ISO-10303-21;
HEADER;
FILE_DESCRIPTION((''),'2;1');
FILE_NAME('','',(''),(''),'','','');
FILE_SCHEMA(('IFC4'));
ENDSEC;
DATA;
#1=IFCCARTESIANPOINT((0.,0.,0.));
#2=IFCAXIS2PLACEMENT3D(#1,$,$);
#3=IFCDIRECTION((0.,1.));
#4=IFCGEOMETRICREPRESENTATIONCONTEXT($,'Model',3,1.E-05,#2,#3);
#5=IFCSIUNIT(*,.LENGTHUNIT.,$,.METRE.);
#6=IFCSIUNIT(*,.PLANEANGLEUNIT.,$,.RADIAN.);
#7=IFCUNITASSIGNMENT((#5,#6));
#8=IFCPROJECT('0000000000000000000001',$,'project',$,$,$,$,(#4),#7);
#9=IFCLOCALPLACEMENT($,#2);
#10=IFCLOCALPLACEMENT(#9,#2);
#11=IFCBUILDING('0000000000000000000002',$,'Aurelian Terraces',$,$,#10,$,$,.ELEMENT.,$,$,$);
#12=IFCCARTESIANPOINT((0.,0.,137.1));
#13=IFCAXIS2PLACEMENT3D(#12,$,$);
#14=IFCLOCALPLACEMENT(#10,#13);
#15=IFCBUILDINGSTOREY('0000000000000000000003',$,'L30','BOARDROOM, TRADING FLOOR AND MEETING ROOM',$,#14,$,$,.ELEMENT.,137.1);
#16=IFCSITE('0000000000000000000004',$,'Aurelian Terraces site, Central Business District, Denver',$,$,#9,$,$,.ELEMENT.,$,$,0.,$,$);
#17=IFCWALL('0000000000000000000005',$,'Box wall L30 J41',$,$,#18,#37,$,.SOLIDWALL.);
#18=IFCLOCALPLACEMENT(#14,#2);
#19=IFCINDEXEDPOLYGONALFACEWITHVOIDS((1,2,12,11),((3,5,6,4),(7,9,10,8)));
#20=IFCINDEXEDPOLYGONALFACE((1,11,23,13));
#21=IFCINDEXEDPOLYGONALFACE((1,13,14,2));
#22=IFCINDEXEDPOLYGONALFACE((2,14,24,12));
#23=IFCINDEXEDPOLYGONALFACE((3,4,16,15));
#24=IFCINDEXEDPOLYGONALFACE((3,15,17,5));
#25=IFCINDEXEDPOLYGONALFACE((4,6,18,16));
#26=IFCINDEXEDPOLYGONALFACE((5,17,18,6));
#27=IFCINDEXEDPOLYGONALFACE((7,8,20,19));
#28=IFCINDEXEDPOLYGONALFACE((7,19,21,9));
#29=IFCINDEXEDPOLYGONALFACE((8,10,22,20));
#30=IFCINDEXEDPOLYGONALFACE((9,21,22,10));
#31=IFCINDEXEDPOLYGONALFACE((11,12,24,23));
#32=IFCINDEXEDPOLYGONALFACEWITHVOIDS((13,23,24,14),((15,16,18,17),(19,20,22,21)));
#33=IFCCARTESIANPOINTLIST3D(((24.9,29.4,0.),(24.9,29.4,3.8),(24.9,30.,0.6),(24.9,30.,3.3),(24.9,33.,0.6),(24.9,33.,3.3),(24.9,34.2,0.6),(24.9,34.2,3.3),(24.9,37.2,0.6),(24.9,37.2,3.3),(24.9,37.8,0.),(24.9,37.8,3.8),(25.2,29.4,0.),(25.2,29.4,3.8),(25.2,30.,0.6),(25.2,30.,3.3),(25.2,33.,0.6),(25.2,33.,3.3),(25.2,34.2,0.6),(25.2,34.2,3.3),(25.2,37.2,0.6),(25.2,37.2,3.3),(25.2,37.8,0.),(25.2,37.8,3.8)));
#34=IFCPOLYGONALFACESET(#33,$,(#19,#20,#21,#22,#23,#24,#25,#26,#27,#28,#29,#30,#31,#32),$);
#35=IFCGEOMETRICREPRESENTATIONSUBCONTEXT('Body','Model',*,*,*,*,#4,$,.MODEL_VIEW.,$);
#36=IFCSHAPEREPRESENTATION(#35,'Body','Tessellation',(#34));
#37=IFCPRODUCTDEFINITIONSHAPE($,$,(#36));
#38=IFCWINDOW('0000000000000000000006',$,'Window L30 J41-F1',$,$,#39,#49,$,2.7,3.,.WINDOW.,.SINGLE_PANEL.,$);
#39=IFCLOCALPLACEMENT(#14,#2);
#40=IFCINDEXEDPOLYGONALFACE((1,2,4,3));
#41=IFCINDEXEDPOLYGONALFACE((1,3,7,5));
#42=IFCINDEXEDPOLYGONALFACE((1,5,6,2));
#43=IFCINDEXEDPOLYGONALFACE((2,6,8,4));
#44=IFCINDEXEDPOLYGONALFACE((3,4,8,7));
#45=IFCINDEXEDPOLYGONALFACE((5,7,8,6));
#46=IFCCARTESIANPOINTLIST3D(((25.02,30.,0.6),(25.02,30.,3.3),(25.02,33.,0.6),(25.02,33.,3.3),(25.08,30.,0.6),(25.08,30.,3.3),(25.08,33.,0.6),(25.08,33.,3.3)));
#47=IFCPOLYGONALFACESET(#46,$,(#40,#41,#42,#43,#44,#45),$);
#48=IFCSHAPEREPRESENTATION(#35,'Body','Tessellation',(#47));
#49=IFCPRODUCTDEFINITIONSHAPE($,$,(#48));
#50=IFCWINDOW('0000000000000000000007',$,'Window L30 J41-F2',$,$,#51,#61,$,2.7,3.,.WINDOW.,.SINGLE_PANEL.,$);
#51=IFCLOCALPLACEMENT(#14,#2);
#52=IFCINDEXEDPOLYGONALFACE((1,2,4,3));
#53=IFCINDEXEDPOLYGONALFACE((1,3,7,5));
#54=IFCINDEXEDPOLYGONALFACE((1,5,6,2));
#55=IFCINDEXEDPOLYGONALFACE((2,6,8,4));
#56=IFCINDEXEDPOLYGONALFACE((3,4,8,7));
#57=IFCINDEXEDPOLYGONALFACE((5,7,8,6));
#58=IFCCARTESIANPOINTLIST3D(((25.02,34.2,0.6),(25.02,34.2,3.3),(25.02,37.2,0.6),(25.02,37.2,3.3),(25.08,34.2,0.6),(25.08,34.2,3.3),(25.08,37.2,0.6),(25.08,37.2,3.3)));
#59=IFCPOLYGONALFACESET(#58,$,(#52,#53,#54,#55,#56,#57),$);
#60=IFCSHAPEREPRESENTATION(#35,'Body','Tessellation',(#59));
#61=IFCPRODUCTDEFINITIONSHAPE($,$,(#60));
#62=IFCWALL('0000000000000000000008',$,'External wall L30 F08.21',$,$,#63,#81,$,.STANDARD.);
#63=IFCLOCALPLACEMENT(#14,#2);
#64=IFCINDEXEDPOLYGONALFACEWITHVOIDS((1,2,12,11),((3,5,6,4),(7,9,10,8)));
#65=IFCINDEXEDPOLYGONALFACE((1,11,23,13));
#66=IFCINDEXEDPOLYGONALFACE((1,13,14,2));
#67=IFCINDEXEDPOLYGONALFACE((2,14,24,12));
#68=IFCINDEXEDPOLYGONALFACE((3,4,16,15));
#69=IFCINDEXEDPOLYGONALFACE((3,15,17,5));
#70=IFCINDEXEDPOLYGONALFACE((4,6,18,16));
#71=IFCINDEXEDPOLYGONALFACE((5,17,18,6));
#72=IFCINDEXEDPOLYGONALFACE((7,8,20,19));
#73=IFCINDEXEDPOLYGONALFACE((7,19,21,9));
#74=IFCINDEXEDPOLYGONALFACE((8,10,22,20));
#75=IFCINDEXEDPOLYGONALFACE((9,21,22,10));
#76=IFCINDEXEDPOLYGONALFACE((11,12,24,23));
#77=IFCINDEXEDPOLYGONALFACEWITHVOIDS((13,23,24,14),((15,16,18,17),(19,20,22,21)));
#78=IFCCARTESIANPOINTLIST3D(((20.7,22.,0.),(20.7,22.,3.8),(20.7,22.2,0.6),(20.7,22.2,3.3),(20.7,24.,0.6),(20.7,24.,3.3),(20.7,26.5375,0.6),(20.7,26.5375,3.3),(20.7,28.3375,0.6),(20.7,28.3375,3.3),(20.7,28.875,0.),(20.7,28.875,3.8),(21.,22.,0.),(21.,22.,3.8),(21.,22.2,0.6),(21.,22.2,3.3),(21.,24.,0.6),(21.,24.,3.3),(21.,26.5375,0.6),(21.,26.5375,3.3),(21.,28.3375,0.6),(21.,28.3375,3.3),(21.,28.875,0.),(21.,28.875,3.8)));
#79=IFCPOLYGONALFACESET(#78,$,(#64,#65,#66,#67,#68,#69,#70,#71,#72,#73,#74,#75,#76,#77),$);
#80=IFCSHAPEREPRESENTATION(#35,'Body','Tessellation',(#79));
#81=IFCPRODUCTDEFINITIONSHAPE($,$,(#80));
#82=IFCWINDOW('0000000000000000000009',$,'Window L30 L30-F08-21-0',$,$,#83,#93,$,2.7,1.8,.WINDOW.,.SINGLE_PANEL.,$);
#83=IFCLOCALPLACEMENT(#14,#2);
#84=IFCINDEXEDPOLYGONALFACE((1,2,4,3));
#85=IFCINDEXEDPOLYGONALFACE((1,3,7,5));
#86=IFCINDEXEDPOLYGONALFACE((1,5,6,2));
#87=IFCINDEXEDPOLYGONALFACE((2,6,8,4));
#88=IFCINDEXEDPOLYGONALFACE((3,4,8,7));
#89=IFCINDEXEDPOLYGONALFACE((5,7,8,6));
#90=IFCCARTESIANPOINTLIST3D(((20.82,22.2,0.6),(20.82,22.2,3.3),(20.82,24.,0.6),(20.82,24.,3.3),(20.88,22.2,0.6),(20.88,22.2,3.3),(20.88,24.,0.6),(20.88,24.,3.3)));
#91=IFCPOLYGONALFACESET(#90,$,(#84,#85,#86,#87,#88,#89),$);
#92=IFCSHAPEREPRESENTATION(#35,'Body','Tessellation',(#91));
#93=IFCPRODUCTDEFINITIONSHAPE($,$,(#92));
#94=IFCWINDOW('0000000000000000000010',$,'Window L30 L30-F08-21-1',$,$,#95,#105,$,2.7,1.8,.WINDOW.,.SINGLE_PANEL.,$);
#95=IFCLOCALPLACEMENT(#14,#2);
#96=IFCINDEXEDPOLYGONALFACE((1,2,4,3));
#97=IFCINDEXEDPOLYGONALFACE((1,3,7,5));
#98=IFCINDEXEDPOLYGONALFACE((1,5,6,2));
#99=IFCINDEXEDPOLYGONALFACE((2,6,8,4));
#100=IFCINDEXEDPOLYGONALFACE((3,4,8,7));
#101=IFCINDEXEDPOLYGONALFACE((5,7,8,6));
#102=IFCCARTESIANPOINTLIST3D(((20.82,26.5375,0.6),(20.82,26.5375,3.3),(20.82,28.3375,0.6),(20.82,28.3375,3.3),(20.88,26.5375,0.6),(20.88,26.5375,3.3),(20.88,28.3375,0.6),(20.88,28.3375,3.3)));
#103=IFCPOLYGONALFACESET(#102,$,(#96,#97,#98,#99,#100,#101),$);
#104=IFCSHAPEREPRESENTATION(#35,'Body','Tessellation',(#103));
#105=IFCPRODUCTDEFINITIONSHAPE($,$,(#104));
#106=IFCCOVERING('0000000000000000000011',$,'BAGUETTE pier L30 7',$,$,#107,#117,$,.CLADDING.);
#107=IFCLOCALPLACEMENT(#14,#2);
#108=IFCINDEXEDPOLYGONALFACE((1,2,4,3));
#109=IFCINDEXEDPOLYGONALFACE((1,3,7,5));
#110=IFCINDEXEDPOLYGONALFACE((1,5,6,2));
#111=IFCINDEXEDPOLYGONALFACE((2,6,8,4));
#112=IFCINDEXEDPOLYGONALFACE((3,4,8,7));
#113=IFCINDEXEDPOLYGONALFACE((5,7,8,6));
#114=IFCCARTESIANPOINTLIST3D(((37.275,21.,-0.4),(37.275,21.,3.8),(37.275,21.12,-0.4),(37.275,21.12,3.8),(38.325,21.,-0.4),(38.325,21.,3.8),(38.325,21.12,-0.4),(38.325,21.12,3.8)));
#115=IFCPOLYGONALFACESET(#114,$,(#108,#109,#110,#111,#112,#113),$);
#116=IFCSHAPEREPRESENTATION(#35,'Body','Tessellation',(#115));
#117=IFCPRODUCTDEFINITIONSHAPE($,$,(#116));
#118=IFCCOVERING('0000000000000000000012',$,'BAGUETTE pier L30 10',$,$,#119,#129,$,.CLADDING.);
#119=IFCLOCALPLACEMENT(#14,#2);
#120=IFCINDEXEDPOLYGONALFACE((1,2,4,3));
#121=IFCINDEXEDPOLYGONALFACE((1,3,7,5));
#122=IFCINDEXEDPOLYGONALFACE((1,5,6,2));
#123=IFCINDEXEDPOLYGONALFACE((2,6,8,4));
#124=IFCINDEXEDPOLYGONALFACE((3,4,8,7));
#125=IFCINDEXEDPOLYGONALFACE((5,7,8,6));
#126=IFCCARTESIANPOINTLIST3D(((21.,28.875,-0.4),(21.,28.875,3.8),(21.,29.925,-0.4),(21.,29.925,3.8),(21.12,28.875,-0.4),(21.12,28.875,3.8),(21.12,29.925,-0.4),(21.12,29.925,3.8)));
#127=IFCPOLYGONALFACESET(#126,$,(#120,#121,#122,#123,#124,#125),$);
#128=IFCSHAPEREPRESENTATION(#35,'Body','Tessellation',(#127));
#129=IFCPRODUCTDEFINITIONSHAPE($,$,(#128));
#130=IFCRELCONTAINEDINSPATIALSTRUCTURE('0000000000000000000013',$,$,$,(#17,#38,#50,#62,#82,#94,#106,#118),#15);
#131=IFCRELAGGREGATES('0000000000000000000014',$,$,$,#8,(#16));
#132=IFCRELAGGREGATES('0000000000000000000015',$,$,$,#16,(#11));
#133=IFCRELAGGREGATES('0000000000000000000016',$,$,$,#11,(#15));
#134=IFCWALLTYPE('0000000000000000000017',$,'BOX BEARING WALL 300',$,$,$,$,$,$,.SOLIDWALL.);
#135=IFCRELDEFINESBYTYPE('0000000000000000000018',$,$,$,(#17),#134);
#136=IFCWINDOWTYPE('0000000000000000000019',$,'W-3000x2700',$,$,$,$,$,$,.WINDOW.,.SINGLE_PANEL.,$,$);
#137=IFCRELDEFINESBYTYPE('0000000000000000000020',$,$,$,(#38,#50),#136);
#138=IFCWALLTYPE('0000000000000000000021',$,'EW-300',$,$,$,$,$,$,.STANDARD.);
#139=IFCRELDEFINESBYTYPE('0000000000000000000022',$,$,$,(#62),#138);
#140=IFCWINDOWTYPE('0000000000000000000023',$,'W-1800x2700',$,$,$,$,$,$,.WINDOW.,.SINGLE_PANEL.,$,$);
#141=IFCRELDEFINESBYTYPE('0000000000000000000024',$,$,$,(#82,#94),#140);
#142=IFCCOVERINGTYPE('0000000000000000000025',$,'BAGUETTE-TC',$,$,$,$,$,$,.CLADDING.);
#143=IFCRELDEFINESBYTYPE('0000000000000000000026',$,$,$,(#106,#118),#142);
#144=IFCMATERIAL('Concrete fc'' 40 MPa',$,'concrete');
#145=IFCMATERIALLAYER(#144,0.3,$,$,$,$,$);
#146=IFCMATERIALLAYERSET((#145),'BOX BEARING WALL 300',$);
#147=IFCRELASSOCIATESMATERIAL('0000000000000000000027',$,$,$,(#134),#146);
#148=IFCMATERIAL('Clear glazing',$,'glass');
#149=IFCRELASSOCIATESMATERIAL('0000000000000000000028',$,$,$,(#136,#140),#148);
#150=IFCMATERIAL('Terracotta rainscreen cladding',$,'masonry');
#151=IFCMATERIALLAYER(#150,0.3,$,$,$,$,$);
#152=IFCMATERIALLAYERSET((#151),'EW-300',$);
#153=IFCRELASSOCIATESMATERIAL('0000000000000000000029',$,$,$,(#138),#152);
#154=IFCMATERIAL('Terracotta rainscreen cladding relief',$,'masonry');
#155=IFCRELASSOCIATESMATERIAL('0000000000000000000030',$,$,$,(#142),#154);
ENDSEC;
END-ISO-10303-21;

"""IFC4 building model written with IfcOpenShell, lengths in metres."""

from ifc_helpers import new_model, si_unit, direction, frame, frame_2d, origin, origin_2d, place, context, subcontext, project, spatial, rectangle, extrude, source, transform, mapped, material, layer, layer_set, type_object, element, fill, save


model = new_model("IFC4")

# Units and contexts
model_context = context("Model", 3, precision=1e-05, world=origin(), true_north=direction((0.0, 1.0)))
body_context = subcontext(model_context, "Body", "Model", "MODEL_VIEW")
ifc_project = project(units=[si_unit("LENGTHUNIT", "METRE"), si_unit("PLANEANGLEUNIT", "RADIAN")], contexts=[model_context])

# Site, building, storey
site_placement = place(None, origin())
site = spatial("IfcSite", under=ifc_project, at=site_placement, Name="Aurelian Terraces site, Central Business District, Denver", CompositionType="ELEMENT", RefElevation=0.0)
building_placement = place(site_placement, origin())
building = spatial("IfcBuilding", under=site, at=building_placement, Name="Aurelian Terraces", CompositionType="ELEMENT")
storey_placement = place(building_placement, frame((0.0, 0.0, 137.1)))
storey = spatial("IfcBuildingStorey", under=building, at=storey_placement, Name="L30", Description="BOARDROOM, TRADING FLOOR AND MEETING ROOM", CompositionType="ELEMENT", Elevation=137.1)

# Shared definitions
ifc_material_1 = material(Name="Concrete fc' 40 MPa", Category="concrete")
ifc_material_2 = material(Name="Clear glazing", Category="glass")
ifc_layer_1 = layer(ifc_material_1, 0.3)
ifc_layer_set_1 = layer_set([ifc_layer_1], Name="BOX BEARING WALL 300")
wall_type_1 = type_object("IfcWallType", Name="BOX BEARING WALL 300", PredefinedType="SOLIDWALL", material=ifc_layer_set_1)

# Walls, openings, windows
shared_shape_1 = source(origin(), body_context, "Body", "SweptSolid", [
    extrude(rectangle(XDim=8.4, YDim=0.3, at=frame_2d((4.2, 0.0))), origin(), (0.0, 0.0, 1.0), 3.8),
])
wall_1_placement = place(storey_placement, frame((25.05, 29.4, 0.0), z_axis=(0.0, 0.0, 1.0), x_axis=(0.0, 1.0, 0.0)))
wall_1 = element("IfcWall", 1, at=wall_1_placement, inside=storey, type_object=wall_type_1, Name="Box wall L30 J41", PredefinedType="SOLIDWALL", context=body_context, shape_type="MappedRepresentation", body=[
    mapped(shared_shape_1, transform((0.0, 0.0, 0.0), scale=1.0)),
])
shared_shape_2 = source(origin(), body_context, "Body", "SweptSolid", [
    extrude(rectangle(XDim=3.0, YDim=2.7, at=frame_2d((1.5, 1.35))), frame((0.0, 0.16, 0.0), z_axis=(0.0, -1.0, 0.0), x_axis=(1.0, 0.0, 0.0)), (0.0, 0.0, 1.0), 0.32),
])
opening_1_placement = place(wall_1_placement, frame((0.6, 0.0, 0.6)))
opening_1 = element("IfcOpeningElement", 2, at=opening_1_placement, cuts=wall_1, PredefinedType="OPENING", context=body_context, shape_type="MappedRepresentation", body=[
    mapped(shared_shape_2, transform((0.0, 0.0, 0.0), scale=1.0)),
])
opening_2_placement = place(wall_1_placement, frame((4.8, 0.0, 0.6)))
opening_2 = element("IfcOpeningElement", 3, at=opening_2_placement, cuts=wall_1, PredefinedType="OPENING", context=body_context, shape_type="MappedRepresentation", body=[
    mapped(shared_shape_2, transform((0.0, 0.0, 0.0), scale=1.0)),
])
window_type_1 = type_object("IfcWindowType", Name="W-3000x2700", PartitioningType="SINGLE_PANEL", PredefinedType="WINDOW", material=ifc_material_2)
shared_shape_3 = source(origin(), body_context, "Body", "SweptSolid", [
    extrude(rectangle(XDim=3.0, YDim=2.7, at=frame_2d((1.5, 1.35))), frame((0.0, 0.03, 0.0), z_axis=(0.0, -1.0, 0.0), x_axis=(1.0, 0.0, 0.0)), (0.0, 0.0, 1.0), 0.06),
])
window_1_placement = place(opening_1_placement, origin())
window_1 = element("IfcWindow", 4, at=window_1_placement, inside=storey, type_object=window_type_1, Name="Window L30 J41-F1", OverallHeight=2.7, OverallWidth=3.0, PartitioningType="SINGLE_PANEL", PredefinedType="WINDOW", context=body_context, shape_type="MappedRepresentation", body=[
    mapped(shared_shape_3, transform((0.0, 0.0, 0.0), scale=1.0)),
])
fill(opening_1, window_1)
window_2_placement = place(opening_2_placement, origin())
window_2 = element("IfcWindow", 5, at=window_2_placement, inside=storey, type_object=window_type_1, Name="Window L30 J41-F2", OverallHeight=2.7, OverallWidth=3.0, PartitioningType="SINGLE_PANEL", PredefinedType="WINDOW", context=body_context, shape_type="MappedRepresentation", body=[
    mapped(shared_shape_3, transform((0.0, 0.0, 0.0), scale=1.0)),
])
fill(opening_2, window_2)
ifc_material_3 = material(Name="Terracotta rainscreen cladding", Category="masonry")
ifc_layer_2 = layer(ifc_material_3, 0.3)
ifc_layer_set_2 = layer_set([ifc_layer_2], Name="EW-300")
wall_type_2 = type_object("IfcWallType", Name="EW-300", PredefinedType="STANDARD", material=ifc_layer_set_2)
shared_shape_4 = source(origin(), body_context, "Body", "SweptSolid", [
    extrude(rectangle(XDim=6.875, YDim=0.3, at=frame_2d((3.4375, 0.0))), origin(), (0.0, 0.0, 1.0), 3.8),
])
wall_2_placement = place(storey_placement, frame((20.85, 22.0, 0.0), z_axis=(0.0, 0.0, 1.0), x_axis=(0.0, 1.0, 0.0)))
wall_2 = element("IfcWall", 6, at=wall_2_placement, inside=storey, type_object=wall_type_2, Name="External wall L30 F08.21", PredefinedType="STANDARD", context=body_context, shape_type="MappedRepresentation", body=[
    mapped(shared_shape_4, transform((0.0, 0.0, 0.0), scale=1.0)),
])
shared_shape_5 = source(origin(), body_context, "Body", "SweptSolid", [
    extrude(rectangle(XDim=1.8, YDim=2.7, at=frame_2d((0.9, 1.35))), frame((0.0, 0.16, 0.0), z_axis=(0.0, -1.0, 0.0), x_axis=(1.0, 0.0, 0.0)), (0.0, 0.0, 1.0), 0.32),
])
opening_3_placement = place(wall_2_placement, frame((0.2, 0.0, 0.6)))
opening_3 = element("IfcOpeningElement", 7, at=opening_3_placement, cuts=wall_2, PredefinedType="OPENING", context=body_context, shape_type="MappedRepresentation", body=[
    mapped(shared_shape_5, transform((0.0, 0.0, 0.0), scale=1.0)),
])
opening_4_placement = place(wall_2_placement, frame((4.5375, 0.0, 0.6)))
opening_4 = element("IfcOpeningElement", 8, at=opening_4_placement, cuts=wall_2, PredefinedType="OPENING", context=body_context, shape_type="MappedRepresentation", body=[
    mapped(shared_shape_5, transform((0.0, 0.0, 0.0), scale=1.0)),
])
window_type_2 = type_object("IfcWindowType", Name="W-1800x2700", PartitioningType="SINGLE_PANEL", PredefinedType="WINDOW", material=ifc_material_2)
shared_shape_6 = source(origin(), body_context, "Body", "SweptSolid", [
    extrude(rectangle(XDim=1.8, YDim=2.7, at=frame_2d((0.9, 1.35))), frame((0.0, 0.03, 0.0), z_axis=(0.0, -1.0, 0.0), x_axis=(1.0, 0.0, 0.0)), (0.0, 0.0, 1.0), 0.06),
])
window_3_placement = place(opening_3_placement, origin())
window_3 = element("IfcWindow", 9, at=window_3_placement, inside=storey, type_object=window_type_2, Name="Window L30 L30-F08-21-0", OverallHeight=2.7, OverallWidth=1.8, PartitioningType="SINGLE_PANEL", PredefinedType="WINDOW", context=body_context, shape_type="MappedRepresentation", body=[
    mapped(shared_shape_6, transform((0.0, 0.0, 0.0), scale=1.0)),
])
fill(opening_3, window_3)
window_4_placement = place(opening_4_placement, origin())
window_4 = element("IfcWindow", 10, at=window_4_placement, inside=storey, type_object=window_type_2, Name="Window L30 L30-F08-21-1", OverallHeight=2.7, OverallWidth=1.8, PartitioningType="SINGLE_PANEL", PredefinedType="WINDOW", context=body_context, shape_type="MappedRepresentation", body=[
    mapped(shared_shape_6, transform((0.0, 0.0, 0.0), scale=1.0)),
])
fill(opening_4, window_4)

# Coverings
ifc_material_4 = material(Name="Terracotta rainscreen cladding relief", Category="masonry")
covering_type = type_object("IfcCoveringType", Name="BAGUETTE-TC", PredefinedType="CLADDING", material=ifc_material_4)
shared_shape_7 = source(origin(), body_context, "Body", "SweptSolid", [
    extrude(rectangle(XDim=1.05, YDim=0.12, at=origin_2d()), origin(), (0.0, 0.0, 1.0), 4.2),
])
covering_1_placement = place(storey_placement, frame((37.8, 21.06, -0.4), z_axis=(0.0, 0.0, 1.0), x_axis=(1.0, 0.0, 0.0)))
element("IfcCovering", 11, at=covering_1_placement, inside=storey, type_object=covering_type, Name="BAGUETTE pier L30 7", PredefinedType="CLADDING", context=body_context, shape_type="MappedRepresentation", body=[
    mapped(shared_shape_7, transform((0.0, 0.0, 0.0), scale=1.0)),
])
shared_shape_8 = source(origin(), body_context, "Body", "SweptSolid", [
    extrude(rectangle(XDim=0.12, YDim=1.05, at=origin_2d()), origin(), (0.0, 0.0, 1.0), 4.2),
])
covering_2_placement = place(storey_placement, frame((21.06, 29.4, -0.4), z_axis=(0.0, 0.0, 1.0), x_axis=(1.0, 0.0, 0.0)))
element("IfcCovering", 12, at=covering_2_placement, inside=storey, type_object=covering_type, Name="BAGUETTE pier L30 10", PredefinedType="CLADDING", context=body_context, shape_type="MappedRepresentation", body=[
    mapped(shared_shape_8, transform((0.0, 0.0, 0.0), scale=1.0)),
])

save(model, "model.ifc")
